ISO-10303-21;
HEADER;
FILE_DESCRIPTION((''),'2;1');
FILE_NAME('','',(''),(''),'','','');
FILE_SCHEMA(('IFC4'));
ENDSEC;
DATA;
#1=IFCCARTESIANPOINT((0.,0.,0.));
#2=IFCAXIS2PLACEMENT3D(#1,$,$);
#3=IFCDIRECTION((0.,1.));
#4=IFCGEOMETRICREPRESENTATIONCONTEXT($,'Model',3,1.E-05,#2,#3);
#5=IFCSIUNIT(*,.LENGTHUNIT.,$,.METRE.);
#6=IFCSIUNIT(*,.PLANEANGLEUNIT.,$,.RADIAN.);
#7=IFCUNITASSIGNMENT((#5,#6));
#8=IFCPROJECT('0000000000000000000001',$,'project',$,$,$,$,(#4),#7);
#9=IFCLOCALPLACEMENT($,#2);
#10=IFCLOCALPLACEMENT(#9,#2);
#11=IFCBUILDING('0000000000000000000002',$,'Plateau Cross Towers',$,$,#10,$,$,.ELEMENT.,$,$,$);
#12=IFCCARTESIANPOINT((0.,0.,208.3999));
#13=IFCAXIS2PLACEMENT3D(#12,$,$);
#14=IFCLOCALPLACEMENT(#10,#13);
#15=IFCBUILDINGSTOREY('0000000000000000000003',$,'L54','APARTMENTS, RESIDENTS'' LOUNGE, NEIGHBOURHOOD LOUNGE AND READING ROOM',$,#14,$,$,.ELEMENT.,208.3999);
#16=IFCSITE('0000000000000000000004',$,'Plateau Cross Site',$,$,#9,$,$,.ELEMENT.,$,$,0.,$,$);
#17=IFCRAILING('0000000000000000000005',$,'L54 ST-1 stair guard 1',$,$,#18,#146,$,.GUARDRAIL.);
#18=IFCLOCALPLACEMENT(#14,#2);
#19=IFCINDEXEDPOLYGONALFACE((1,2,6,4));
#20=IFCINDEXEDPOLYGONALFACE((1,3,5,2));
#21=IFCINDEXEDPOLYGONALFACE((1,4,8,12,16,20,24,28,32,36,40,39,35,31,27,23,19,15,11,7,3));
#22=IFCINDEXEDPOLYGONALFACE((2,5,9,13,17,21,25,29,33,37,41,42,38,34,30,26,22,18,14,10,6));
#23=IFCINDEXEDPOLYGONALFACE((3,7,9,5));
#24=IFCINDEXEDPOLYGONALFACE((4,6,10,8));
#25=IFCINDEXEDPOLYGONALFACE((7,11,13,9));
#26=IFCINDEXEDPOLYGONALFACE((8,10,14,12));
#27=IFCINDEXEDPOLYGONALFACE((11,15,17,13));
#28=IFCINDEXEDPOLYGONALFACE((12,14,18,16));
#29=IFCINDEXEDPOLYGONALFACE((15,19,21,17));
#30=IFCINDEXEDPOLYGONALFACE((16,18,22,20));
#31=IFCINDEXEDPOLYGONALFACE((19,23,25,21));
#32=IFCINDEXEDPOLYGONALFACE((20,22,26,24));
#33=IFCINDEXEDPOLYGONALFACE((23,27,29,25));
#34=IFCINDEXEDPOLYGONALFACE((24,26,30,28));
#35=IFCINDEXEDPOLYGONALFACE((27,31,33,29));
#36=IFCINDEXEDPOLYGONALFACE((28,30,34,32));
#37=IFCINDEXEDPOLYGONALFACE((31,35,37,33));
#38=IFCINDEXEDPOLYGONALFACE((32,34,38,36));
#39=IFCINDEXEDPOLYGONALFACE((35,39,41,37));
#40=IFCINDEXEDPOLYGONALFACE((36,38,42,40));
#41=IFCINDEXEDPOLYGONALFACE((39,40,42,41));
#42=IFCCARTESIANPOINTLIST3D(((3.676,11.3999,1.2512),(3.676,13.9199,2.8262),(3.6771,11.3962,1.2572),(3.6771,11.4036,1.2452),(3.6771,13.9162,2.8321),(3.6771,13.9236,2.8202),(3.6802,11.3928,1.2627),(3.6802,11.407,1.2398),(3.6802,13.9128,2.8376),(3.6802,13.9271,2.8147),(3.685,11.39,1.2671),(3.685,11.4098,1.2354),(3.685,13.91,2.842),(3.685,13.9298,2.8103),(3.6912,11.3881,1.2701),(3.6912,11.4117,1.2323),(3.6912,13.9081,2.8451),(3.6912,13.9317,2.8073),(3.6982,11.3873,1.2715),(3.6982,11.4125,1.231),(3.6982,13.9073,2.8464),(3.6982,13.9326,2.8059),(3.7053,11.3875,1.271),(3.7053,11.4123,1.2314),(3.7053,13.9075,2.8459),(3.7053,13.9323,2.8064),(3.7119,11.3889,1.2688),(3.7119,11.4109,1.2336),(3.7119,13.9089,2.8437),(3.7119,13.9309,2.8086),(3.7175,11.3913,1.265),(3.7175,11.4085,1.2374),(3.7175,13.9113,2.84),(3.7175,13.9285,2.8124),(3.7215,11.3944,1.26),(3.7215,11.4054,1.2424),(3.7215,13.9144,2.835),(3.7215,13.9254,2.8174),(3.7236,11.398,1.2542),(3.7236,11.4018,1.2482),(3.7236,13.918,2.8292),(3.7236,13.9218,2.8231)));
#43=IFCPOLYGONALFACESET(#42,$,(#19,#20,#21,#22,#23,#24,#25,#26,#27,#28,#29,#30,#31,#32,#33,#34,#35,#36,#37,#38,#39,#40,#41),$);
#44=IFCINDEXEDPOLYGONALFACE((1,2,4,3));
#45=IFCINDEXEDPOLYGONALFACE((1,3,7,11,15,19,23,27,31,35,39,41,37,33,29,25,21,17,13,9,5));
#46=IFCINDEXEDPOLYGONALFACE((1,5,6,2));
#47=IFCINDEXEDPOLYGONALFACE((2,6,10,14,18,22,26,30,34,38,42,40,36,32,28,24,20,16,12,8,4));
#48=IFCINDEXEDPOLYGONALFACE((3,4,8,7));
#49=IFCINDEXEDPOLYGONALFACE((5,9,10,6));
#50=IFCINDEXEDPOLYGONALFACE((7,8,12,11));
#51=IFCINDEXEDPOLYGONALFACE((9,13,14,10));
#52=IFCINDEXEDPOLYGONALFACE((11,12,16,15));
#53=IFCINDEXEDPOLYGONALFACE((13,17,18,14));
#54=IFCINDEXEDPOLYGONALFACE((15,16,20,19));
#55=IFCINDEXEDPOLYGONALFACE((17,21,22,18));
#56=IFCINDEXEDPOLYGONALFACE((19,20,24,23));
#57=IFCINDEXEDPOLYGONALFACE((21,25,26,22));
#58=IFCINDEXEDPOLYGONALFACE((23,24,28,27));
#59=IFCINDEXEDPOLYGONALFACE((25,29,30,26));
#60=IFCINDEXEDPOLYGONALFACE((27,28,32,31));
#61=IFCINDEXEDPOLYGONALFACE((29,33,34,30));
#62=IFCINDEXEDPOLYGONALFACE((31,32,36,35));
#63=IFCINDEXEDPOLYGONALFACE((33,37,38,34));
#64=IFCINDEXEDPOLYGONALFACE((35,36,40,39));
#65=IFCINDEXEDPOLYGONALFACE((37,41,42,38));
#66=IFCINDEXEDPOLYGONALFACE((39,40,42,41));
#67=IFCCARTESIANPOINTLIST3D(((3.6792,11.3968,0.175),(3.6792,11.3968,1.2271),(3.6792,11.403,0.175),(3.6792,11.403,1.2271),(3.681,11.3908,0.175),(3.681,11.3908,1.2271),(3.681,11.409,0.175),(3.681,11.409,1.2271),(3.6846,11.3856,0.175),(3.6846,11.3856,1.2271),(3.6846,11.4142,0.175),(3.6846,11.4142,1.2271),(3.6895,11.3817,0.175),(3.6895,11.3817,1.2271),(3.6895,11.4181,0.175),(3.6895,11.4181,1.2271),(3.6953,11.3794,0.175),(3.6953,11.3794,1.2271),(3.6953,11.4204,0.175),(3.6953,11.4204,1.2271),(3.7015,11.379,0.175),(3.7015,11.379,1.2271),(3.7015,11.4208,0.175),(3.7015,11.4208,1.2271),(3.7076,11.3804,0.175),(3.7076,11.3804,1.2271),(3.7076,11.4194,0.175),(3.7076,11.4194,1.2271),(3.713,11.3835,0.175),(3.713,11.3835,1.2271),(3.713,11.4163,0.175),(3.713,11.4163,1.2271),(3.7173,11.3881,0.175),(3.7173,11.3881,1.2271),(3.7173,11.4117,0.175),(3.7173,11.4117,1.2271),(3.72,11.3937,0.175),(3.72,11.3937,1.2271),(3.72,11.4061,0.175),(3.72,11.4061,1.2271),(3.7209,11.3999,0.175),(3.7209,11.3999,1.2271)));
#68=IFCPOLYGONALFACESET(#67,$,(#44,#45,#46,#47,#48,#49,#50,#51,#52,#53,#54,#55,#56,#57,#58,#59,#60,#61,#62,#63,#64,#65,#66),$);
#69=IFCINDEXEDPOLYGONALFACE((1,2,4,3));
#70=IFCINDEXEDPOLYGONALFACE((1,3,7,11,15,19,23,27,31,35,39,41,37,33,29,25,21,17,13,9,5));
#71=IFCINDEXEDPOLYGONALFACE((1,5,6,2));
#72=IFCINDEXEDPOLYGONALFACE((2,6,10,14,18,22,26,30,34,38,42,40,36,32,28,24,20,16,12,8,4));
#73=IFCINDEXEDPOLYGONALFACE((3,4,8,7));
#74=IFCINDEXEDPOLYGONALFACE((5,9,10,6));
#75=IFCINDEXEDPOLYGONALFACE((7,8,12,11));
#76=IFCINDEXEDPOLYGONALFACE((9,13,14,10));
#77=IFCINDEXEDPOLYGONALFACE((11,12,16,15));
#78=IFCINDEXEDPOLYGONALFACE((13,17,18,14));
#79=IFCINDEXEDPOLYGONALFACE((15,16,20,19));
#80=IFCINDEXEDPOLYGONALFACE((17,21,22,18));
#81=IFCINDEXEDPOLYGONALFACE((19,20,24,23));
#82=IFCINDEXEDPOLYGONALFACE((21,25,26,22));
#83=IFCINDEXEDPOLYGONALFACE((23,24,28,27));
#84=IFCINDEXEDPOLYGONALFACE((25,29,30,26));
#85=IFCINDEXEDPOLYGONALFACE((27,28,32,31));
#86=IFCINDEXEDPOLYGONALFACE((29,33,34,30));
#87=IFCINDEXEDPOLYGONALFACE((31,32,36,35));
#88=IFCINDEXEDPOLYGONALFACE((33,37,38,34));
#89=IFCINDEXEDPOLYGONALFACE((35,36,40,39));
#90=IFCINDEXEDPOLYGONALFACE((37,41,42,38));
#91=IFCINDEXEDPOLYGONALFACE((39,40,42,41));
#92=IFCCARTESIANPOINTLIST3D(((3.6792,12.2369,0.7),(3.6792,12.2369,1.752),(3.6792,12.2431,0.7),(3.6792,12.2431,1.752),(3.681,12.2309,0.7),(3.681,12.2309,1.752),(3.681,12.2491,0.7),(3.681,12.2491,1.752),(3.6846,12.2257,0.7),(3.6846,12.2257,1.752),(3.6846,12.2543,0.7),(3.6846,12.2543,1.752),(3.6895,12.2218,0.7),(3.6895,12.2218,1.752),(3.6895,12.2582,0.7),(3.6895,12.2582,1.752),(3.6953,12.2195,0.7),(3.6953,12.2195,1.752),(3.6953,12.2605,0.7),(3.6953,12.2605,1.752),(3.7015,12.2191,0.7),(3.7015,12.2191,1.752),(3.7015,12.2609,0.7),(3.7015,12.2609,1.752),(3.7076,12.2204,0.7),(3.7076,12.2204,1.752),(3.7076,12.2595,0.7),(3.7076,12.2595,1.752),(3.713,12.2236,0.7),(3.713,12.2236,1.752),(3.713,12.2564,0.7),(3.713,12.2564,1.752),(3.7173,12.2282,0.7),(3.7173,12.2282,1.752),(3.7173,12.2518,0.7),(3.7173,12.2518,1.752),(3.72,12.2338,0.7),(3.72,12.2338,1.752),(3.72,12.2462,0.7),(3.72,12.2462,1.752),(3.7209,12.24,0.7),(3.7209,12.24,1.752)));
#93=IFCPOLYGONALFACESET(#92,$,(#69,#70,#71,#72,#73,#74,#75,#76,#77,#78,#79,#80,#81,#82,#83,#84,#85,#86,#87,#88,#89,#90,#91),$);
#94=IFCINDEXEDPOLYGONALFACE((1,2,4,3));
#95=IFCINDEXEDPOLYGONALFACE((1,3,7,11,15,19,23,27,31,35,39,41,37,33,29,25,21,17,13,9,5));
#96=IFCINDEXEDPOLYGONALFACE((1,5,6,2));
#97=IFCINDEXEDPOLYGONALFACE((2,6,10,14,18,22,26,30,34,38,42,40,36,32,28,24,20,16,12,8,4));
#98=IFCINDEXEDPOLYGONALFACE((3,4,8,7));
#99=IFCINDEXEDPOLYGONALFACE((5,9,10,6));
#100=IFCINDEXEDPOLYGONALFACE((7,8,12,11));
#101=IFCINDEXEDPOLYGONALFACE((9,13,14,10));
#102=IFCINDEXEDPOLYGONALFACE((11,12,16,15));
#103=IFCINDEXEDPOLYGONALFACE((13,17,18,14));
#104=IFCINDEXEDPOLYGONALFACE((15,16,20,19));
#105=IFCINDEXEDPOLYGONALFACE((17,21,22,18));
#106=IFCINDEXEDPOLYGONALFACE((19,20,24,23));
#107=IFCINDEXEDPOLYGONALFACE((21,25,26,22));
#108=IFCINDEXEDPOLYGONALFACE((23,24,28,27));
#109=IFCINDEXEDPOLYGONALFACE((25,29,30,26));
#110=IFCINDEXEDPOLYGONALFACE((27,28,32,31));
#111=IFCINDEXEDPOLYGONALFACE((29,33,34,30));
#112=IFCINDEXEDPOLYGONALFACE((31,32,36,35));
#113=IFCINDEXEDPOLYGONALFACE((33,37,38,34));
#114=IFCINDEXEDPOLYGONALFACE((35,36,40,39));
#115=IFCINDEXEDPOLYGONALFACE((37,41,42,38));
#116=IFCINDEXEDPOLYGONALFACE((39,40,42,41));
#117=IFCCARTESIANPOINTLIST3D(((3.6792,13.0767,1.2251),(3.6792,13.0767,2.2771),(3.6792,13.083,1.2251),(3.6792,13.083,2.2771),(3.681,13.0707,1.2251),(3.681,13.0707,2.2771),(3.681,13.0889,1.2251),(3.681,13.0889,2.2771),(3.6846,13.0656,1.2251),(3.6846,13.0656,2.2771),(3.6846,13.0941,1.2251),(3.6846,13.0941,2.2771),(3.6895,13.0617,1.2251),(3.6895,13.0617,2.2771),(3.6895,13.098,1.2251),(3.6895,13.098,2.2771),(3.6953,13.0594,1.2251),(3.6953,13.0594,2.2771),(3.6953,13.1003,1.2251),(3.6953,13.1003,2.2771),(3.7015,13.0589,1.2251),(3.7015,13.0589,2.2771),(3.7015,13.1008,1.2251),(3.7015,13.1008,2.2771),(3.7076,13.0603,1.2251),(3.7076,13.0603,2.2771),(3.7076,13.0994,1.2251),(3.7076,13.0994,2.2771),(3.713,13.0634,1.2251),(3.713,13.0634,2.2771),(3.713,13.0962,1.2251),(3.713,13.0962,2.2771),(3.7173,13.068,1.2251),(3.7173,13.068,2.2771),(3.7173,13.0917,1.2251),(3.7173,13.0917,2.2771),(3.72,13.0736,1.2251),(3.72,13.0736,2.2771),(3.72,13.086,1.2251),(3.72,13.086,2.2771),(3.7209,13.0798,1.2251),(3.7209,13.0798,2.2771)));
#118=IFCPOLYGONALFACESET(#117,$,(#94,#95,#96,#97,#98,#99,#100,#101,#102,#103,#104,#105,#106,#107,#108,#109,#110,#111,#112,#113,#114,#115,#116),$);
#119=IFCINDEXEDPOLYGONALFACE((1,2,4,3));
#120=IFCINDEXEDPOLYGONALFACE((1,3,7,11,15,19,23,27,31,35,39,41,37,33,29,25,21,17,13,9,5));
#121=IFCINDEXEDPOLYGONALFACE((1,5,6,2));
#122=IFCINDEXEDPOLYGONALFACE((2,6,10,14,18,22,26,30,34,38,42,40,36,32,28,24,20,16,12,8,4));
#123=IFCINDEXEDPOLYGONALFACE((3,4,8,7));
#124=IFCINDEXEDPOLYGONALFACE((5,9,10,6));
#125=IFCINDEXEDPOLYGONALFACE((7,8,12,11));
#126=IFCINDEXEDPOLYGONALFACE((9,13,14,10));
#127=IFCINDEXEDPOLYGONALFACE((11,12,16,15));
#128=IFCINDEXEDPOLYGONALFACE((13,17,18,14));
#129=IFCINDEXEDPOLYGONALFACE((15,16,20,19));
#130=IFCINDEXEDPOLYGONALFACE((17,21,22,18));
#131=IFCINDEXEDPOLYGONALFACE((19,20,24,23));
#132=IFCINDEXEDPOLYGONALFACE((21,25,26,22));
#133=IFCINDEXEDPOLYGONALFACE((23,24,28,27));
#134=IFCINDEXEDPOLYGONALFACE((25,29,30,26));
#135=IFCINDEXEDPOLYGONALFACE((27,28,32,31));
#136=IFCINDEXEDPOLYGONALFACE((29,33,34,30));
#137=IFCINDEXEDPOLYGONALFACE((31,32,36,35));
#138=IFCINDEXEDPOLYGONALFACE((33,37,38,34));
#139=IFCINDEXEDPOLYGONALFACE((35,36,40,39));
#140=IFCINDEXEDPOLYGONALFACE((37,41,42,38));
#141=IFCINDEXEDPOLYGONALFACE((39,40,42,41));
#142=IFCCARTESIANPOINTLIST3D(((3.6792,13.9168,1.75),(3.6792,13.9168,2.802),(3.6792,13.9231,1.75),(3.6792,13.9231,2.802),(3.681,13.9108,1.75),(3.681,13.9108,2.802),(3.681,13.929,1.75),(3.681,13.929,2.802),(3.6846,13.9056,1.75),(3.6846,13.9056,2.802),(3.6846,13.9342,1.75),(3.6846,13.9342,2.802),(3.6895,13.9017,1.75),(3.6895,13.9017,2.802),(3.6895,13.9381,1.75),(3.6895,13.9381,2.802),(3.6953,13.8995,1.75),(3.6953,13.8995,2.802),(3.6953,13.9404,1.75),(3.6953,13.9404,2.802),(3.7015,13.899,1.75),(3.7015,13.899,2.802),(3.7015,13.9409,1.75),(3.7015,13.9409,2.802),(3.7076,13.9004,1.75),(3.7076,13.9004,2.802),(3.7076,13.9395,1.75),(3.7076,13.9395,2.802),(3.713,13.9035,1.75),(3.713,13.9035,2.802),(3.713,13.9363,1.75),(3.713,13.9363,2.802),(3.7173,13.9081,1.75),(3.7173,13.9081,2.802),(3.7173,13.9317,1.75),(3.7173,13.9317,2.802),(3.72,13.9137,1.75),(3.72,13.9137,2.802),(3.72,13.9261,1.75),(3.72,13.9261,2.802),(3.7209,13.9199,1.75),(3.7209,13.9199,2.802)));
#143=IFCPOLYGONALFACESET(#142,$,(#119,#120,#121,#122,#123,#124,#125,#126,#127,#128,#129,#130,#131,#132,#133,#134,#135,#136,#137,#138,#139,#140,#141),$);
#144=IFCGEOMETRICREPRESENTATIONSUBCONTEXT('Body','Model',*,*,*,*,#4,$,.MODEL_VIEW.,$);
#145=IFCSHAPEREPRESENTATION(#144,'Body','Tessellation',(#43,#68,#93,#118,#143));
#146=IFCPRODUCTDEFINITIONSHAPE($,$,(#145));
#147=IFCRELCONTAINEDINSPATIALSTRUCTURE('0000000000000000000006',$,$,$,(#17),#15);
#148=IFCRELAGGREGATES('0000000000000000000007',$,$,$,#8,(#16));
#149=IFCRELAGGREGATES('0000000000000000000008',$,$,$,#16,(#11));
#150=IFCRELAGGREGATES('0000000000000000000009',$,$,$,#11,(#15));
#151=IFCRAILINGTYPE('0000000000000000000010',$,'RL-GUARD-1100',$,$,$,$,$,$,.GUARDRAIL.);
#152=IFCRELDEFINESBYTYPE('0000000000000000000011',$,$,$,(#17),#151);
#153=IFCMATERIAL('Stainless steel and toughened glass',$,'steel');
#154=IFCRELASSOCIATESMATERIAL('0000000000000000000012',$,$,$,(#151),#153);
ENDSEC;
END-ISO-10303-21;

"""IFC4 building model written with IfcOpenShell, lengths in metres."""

from ifc_helpers import new_model, si_unit, direction, frame, origin, origin_2d, place, context, subcontext, project, spatial, circle, extrude, material, type_object, element, save


model = new_model("IFC4")

# Units and contexts
model_context = context("Model", 3, precision=1e-05, world=origin(), true_north=direction((0.0, 1.0)))
body_context = subcontext(model_context, "Body", "Model", "MODEL_VIEW")
ifc_project = project(units=[si_unit("LENGTHUNIT", "METRE"), si_unit("PLANEANGLEUNIT", "RADIAN")], contexts=[model_context])

# Site, building, storey
site_placement = place(None, origin())
site = spatial("IfcSite", under=ifc_project, at=site_placement, Name="Plateau Cross Site", CompositionType="ELEMENT", RefElevation=0.0)
building_placement = place(site_placement, origin())
building = spatial("IfcBuilding", under=site, at=building_placement, Name="Plateau Cross Towers", CompositionType="ELEMENT")
storey_placement = place(building_placement, frame((0.0, 0.0, 208.3999)))
storey = spatial("IfcBuildingStorey", under=building, at=storey_placement, Name="L54", Description="APARTMENTS, RESIDENTS' LOUNGE, NEIGHBOURHOOD LOUNGE AND READING ROOM", CompositionType="ELEMENT", Elevation=208.3999)

# Railing
ifc_material_1 = material(Name="Stainless steel and toughened glass", Category="steel")
railing_type_1 = type_object("IfcRailingType", Name="RL-GUARD-1100", PredefinedType="GUARDRAIL", material=ifc_material_1)
railing_1_placement = place(storey_placement, frame((3.7, 11.3999, 0.175)))
element("IfcRailing", 1, at=railing_1_placement, inside=storey, type_object=railing_type_1, Name="L54 ST-1 stair guard 1", PredefinedType="GUARDRAIL", context=body_context, shape_type="SweptSolid", body=[
    extrude(circle(Radius=0.0239, at=origin_2d()), frame((0.0, 0.0, 1.0762), z_axis=(0.0, 0.848008, 0.529984), x_axis=(-1.0, 0.0, 0.0)), (0.0, 0.0, 1.0), 2.9717),
    extrude(circle(Radius=0.021, at=origin_2d()), origin(), (0.0, 0.0, 1.0), 1.052),
    extrude(circle(Radius=0.021, at=origin_2d()), frame((0.0, 0.8401, 0.5249)), (0.0, 0.0, 1.0), 1.052),
    extrude(circle(Radius=0.021, at=origin_2d()), frame((0.0, 1.6799, 1.05)), (0.0, 0.0, 1.0), 1.052),
    extrude(circle(Radius=0.021, at=origin_2d()), frame((0.0, 2.52, 1.575)), (0.0, 0.0, 1.0), 1.052),
])

save(model, "model.ifc")
